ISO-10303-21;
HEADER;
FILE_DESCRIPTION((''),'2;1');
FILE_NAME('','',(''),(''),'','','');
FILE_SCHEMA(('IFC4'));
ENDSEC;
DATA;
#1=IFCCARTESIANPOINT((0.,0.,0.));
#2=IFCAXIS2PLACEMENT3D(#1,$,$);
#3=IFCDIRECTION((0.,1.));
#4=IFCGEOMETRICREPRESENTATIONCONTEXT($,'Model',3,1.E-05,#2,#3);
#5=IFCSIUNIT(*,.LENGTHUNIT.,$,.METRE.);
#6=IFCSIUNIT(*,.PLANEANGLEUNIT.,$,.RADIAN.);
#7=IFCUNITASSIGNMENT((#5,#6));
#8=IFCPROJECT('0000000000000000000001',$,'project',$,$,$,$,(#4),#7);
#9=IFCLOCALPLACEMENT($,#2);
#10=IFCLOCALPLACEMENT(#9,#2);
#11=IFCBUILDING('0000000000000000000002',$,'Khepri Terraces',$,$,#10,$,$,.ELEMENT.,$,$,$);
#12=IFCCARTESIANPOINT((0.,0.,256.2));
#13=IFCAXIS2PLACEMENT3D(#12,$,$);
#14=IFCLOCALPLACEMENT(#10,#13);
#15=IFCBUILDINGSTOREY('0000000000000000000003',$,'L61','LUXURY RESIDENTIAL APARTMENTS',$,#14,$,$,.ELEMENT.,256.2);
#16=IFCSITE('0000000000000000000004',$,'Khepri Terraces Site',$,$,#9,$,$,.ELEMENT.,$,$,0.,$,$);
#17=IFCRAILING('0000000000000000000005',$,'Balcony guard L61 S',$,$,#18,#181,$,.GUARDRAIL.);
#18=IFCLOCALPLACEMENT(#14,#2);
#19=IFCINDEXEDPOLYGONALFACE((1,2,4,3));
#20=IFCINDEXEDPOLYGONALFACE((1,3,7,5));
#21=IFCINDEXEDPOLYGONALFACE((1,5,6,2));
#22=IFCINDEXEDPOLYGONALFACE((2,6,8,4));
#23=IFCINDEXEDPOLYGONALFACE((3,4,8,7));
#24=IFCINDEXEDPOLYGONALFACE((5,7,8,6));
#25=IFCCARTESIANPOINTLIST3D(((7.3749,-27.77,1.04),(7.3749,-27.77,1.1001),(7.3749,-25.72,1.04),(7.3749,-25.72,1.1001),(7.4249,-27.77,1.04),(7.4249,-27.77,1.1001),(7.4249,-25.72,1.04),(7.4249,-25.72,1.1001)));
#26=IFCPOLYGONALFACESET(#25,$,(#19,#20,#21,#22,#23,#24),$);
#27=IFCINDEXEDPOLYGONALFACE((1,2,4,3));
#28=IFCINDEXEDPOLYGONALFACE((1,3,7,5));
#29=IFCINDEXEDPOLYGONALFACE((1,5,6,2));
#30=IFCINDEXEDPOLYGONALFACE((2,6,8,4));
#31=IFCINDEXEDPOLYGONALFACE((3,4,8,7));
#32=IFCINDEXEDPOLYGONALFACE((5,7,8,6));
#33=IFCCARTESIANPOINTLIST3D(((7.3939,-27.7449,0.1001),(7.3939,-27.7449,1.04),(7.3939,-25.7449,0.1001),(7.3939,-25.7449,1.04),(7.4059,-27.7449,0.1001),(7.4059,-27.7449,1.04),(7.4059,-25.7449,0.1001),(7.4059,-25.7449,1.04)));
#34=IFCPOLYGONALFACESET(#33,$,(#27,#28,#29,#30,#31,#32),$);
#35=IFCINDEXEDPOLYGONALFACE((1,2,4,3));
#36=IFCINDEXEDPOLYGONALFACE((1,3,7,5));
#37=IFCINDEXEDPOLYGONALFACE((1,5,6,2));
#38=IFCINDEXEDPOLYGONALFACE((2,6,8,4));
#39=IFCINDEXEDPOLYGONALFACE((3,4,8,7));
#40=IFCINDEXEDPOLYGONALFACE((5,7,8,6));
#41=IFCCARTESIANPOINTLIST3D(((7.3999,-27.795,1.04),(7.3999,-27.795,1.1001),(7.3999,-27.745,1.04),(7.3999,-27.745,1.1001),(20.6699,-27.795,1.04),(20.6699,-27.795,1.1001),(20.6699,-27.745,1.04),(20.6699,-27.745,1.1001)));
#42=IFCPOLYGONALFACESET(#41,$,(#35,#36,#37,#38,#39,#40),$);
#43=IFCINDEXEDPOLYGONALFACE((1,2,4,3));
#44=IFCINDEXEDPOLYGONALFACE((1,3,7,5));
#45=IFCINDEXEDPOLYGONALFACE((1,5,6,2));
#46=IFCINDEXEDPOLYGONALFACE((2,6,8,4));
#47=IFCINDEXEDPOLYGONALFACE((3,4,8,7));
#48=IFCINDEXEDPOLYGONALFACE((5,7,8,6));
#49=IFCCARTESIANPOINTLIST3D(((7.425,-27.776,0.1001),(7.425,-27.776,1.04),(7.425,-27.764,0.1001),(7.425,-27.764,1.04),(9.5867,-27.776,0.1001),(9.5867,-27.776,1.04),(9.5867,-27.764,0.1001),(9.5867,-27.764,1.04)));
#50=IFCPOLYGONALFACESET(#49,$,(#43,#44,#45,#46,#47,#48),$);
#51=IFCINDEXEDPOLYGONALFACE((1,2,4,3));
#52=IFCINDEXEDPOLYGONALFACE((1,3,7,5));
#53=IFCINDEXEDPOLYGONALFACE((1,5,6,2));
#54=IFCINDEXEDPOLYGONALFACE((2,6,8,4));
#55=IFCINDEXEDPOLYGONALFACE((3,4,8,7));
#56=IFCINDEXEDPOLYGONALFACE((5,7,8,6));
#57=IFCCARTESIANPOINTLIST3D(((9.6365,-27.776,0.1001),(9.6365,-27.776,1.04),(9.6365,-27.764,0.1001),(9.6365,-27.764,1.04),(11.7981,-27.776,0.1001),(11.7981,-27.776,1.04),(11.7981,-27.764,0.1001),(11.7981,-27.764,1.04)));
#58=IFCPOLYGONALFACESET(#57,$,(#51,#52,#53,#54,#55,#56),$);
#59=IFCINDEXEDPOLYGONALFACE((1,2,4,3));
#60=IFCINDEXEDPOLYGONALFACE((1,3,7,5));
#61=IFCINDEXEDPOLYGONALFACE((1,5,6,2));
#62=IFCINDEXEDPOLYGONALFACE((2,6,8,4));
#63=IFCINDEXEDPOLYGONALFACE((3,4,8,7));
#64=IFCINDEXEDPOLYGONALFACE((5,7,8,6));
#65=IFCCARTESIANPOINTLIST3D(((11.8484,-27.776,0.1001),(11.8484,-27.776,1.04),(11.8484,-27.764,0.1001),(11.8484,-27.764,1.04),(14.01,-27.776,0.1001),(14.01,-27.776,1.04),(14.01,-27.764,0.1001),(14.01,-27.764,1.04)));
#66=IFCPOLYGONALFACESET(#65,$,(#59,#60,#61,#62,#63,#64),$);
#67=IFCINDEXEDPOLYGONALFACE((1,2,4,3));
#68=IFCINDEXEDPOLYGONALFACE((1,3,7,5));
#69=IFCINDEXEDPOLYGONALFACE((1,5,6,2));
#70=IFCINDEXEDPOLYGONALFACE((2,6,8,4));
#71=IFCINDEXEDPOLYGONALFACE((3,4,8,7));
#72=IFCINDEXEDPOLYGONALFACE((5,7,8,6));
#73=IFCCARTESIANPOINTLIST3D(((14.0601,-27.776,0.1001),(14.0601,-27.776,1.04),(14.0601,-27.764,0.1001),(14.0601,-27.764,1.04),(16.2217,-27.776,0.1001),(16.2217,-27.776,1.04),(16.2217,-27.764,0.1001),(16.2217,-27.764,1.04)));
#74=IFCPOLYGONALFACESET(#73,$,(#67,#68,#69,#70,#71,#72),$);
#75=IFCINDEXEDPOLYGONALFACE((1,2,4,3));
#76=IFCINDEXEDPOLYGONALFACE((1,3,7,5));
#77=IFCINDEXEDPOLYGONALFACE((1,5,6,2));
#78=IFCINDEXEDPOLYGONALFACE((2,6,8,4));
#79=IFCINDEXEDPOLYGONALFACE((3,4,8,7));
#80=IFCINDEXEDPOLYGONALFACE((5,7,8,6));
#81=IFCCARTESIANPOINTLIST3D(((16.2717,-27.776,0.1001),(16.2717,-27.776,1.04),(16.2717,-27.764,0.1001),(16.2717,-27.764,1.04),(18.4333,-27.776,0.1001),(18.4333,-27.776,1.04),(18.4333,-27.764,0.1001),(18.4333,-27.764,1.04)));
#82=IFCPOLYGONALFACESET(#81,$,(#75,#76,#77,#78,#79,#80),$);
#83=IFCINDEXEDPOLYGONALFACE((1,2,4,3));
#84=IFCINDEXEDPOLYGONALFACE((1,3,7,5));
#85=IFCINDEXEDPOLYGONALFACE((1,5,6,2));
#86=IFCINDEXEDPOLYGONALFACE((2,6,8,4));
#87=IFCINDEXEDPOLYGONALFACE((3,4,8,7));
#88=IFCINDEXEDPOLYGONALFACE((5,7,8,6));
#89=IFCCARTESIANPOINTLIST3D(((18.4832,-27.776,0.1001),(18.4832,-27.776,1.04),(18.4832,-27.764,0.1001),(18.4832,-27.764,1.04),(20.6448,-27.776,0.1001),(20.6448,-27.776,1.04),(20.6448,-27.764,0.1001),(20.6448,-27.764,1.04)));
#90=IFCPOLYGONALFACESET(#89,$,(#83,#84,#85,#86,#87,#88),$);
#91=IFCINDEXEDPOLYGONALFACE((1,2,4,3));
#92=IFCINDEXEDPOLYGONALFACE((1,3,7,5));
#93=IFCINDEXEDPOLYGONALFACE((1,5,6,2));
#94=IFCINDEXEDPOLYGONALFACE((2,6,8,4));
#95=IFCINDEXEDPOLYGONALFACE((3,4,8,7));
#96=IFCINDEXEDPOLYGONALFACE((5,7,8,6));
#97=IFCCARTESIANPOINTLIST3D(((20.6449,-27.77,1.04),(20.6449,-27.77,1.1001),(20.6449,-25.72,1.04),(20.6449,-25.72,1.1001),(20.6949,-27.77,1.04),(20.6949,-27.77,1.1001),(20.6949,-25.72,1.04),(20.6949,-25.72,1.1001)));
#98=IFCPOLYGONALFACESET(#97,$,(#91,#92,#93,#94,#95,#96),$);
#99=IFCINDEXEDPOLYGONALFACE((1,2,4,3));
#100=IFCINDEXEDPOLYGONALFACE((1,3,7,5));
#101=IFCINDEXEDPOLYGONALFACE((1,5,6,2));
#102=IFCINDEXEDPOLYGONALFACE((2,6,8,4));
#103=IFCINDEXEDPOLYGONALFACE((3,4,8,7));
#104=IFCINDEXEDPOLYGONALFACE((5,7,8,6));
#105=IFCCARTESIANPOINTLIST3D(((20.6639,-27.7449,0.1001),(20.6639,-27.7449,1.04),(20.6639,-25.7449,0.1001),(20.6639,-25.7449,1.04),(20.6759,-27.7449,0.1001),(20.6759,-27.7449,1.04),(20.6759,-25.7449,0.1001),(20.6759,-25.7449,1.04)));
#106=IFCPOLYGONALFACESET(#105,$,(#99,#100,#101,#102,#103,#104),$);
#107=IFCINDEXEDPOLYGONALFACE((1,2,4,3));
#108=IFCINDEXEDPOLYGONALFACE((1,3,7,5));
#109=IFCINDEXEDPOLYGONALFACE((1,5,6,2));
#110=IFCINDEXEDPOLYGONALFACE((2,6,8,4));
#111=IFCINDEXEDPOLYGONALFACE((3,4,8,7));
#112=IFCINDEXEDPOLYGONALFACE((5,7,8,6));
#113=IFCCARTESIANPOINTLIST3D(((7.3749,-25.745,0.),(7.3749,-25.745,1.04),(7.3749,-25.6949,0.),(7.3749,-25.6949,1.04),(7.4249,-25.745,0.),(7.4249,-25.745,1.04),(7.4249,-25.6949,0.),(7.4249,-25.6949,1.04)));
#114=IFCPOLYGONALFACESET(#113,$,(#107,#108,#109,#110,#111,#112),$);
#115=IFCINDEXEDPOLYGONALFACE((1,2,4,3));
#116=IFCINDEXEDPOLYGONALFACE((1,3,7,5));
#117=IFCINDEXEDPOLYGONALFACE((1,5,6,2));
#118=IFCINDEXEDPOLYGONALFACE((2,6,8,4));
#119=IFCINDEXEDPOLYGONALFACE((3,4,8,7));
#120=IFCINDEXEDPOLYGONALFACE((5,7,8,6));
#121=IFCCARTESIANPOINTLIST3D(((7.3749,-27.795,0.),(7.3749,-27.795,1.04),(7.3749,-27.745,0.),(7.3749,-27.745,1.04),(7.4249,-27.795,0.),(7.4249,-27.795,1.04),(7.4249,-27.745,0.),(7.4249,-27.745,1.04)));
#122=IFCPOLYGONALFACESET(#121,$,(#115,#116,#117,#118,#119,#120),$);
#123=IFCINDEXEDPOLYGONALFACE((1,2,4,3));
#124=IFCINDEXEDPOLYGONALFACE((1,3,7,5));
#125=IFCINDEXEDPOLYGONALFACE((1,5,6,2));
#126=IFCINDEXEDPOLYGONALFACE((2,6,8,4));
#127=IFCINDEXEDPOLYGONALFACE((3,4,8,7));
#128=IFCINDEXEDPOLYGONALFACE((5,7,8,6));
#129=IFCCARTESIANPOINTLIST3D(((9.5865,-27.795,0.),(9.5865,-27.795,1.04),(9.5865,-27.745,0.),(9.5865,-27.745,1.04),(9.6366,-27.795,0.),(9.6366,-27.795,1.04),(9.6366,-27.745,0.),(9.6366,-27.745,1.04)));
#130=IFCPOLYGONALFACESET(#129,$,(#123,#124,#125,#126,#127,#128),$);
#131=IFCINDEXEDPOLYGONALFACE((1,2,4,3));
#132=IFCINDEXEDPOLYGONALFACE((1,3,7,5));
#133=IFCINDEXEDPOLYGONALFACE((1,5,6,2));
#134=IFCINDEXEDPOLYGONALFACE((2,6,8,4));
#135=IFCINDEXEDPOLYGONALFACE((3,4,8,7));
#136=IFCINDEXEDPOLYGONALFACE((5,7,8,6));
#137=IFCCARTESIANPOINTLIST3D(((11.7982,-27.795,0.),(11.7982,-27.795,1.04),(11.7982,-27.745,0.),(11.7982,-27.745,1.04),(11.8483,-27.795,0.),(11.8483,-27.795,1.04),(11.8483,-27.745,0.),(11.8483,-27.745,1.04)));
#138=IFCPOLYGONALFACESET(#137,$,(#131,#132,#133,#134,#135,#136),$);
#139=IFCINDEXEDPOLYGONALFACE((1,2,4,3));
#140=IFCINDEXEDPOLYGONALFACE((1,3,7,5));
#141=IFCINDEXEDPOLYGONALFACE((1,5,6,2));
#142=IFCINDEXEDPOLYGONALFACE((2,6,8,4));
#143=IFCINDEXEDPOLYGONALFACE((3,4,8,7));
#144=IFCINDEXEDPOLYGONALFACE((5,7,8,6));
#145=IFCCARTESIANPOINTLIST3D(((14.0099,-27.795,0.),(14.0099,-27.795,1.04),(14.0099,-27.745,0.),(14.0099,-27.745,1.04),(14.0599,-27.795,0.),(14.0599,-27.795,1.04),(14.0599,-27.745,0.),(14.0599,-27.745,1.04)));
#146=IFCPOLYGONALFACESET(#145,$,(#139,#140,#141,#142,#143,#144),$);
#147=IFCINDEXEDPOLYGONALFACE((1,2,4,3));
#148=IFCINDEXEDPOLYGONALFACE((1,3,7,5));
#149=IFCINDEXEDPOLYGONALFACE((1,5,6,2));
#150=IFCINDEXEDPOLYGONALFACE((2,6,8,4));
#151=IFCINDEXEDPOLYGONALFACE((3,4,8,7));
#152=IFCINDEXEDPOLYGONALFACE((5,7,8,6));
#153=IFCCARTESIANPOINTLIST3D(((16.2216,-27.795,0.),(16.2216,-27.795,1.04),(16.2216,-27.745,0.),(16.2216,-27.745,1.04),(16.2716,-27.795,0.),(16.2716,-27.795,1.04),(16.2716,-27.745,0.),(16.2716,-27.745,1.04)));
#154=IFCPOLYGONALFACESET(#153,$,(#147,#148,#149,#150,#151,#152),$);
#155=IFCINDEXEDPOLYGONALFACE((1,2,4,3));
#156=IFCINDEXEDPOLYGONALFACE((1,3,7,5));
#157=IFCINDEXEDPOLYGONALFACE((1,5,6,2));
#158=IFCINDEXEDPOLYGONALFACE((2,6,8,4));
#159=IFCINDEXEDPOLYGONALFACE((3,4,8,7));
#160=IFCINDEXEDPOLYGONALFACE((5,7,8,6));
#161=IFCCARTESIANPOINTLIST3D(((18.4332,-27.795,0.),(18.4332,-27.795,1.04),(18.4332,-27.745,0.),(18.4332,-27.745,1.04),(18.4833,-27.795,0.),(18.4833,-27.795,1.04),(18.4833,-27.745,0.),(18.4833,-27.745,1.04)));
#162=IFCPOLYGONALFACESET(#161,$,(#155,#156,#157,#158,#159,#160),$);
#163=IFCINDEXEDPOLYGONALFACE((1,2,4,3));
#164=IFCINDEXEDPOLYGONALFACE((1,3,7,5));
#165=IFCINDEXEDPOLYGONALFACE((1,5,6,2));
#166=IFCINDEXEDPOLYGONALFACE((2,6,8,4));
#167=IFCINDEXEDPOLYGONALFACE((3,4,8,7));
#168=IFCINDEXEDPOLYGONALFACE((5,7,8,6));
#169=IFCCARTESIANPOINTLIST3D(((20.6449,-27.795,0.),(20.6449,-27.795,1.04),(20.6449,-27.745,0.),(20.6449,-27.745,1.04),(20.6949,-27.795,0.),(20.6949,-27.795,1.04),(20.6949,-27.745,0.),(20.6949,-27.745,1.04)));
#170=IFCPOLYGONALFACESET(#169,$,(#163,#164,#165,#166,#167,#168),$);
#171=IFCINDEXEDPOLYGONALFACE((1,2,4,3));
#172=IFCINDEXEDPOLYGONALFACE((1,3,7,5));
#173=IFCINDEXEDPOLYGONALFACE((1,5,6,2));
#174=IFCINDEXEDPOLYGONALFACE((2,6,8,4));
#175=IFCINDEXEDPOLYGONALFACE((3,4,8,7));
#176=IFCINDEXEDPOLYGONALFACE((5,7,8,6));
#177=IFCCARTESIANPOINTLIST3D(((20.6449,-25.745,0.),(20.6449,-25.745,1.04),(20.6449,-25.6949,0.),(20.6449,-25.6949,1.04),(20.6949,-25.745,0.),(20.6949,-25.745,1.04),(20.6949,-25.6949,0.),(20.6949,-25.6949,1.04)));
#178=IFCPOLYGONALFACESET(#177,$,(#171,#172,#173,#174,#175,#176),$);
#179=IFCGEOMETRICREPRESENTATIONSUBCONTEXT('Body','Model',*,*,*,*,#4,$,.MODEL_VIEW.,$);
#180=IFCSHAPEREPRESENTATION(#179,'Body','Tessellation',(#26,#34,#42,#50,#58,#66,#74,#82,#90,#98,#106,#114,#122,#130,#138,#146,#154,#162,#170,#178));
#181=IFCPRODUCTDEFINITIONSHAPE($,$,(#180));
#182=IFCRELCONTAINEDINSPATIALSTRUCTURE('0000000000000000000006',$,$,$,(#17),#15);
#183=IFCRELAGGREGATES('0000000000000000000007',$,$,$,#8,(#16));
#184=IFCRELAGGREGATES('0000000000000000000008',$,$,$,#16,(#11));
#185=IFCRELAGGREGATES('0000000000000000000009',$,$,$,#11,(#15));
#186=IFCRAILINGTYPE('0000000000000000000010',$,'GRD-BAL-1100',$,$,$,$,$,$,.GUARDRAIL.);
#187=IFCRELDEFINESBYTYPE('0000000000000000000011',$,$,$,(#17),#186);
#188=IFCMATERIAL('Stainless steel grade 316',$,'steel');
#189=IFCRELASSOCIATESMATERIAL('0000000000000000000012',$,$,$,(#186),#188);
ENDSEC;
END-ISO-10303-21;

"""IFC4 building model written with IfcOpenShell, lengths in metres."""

from ifc_helpers import new_model, si_unit, direction, frame, origin, origin_2d, place, context, subcontext, project, spatial, rectangle, extrude, material, type_object, element, save


model = new_model("IFC4")

# Units and contexts
model_context = context("Model", 3, precision=1e-05, world=origin(), true_north=direction((0.0, 1.0)))
body_context = subcontext(model_context, "Body", "Model", "MODEL_VIEW")
ifc_project = project(units=[si_unit("LENGTHUNIT", "METRE"), si_unit("PLANEANGLEUNIT", "RADIAN")], contexts=[model_context])

# Site, building, storey
site_placement = place(None, origin())
site = spatial("IfcSite", under=ifc_project, at=site_placement, Name="Khepri Terraces Site", CompositionType="ELEMENT", RefElevation=0.0)
building_placement = place(site_placement, origin())
building = spatial("IfcBuilding", under=site, at=building_placement, Name="Khepri Terraces", CompositionType="ELEMENT")
storey_placement = place(building_placement, frame((0.0, 0.0, 256.2)))
storey = spatial("IfcBuildingStorey", under=building, at=storey_placement, Name="L61", Description="LUXURY RESIDENTIAL APARTMENTS", CompositionType="ELEMENT", Elevation=256.2)

# Railing
ifc_material_1 = material(Name="Stainless steel grade 316", Category="steel")
railing_type_1 = type_object("IfcRailingType", Name="GRD-BAL-1100", PredefinedType="GUARDRAIL", material=ifc_material_1)
railing_1_placement = place(storey_placement, frame((7.3999, -25.72, 0.0)))
element("IfcRailing", 1, at=railing_1_placement, inside=storey, type_object=railing_type_1, Name="Balcony guard L61 S", PredefinedType="GUARDRAIL", context=body_context, shape_type="SweptSolid", body=[
    extrude(rectangle(XDim=0.05, YDim=0.0601, at=origin_2d()), frame((0.0, 0.0, 1.0701), z_axis=(0.0, -1.0, 0.0), x_axis=(1.0, 0.0, 0.0)), (0.0, 0.0, 1.0), 2.05),
    extrude(rectangle(XDim=2.0, YDim=0.012, at=origin_2d()), frame((0.0, -1.0249, 0.1001), z_axis=(0.0, 0.0, 1.0), x_axis=(0.0, -1.0, 0.0)), (0.0, 0.0, 1.0), 0.9399),
    extrude(rectangle(XDim=0.05, YDim=0.0601, at=origin_2d()), frame((0.0, -2.05, 1.0701), z_axis=(1.0, 0.0, 0.0), x_axis=(0.0, 1.0, 0.0)), (0.0, 0.0, 1.0), 13.27),
    extrude(rectangle(XDim=2.1616, YDim=0.012, at=origin_2d()), frame((1.106, -2.05, 0.1001), z_axis=(0.0, 0.0, 1.0), x_axis=(1.0, 0.0, 0.0)), (0.0, 0.0, 1.0), 0.9399),
    extrude(rectangle(XDim=2.1616, YDim=0.012, at=origin_2d()), frame((3.3174, -2.05, 0.1001), z_axis=(0.0, 0.0, 1.0), x_axis=(1.0, 0.0, 0.0)), (0.0, 0.0, 1.0), 0.9399),
    extrude(rectangle(XDim=2.1616, YDim=0.012, at=origin_2d()), frame((5.5293, -2.05, 0.1001), z_axis=(0.0, 0.0, 1.0), x_axis=(1.0, 0.0, 0.0)), (0.0, 0.0, 1.0), 0.9399),
    extrude(rectangle(XDim=2.1616, YDim=0.012, at=origin_2d()), frame((7.741, -2.05, 0.1001), z_axis=(0.0, 0.0, 1.0), x_axis=(1.0, 0.0, 0.0)), (0.0, 0.0, 1.0), 0.9399),
    extrude(rectangle(XDim=2.1616, YDim=0.012, at=origin_2d()), frame((9.9526, -2.05, 0.1001), z_axis=(0.0, 0.0, 1.0), x_axis=(1.0, 0.0, 0.0)), (0.0, 0.0, 1.0), 0.9399),
    extrude(rectangle(XDim=2.1616, YDim=0.012, at=origin_2d()), frame((12.1641, -2.05, 0.1001), z_axis=(0.0, 0.0, 1.0), x_axis=(1.0, 0.0, 0.0)), (0.0, 0.0, 1.0), 0.9399),
    extrude(rectangle(XDim=0.05, YDim=0.0601, at=origin_2d()), frame((13.27, -2.05, 1.0701), z_axis=(0.0, 1.0, 0.0), x_axis=(-1.0, 0.0, 0.0)), (0.0, 0.0, 1.0), 2.05),
    extrude(rectangle(XDim=2.0, YDim=0.012, at=origin_2d()), frame((13.27, -1.0249, 0.1001), z_axis=(0.0, 0.0, 1.0), x_axis=(0.0, 1.0, 0.0)), (0.0, 0.0, 1.0), 0.9399),
    extrude(rectangle(XDim=0.05, YDim=0.05, at=origin_2d()), origin(), (0.0, 0.0, 1.0), 1.04),
    extrude(rectangle(XDim=0.05, YDim=0.05, at=origin_2d()), frame((0.0, -2.05, 0.0)), (0.0, 0.0, 1.0), 1.04),
    extrude(rectangle(XDim=0.05, YDim=0.05, at=origin_2d()), frame((2.2117, -2.05, 0.0)), (0.0, 0.0, 1.0), 1.04),
    extrude(rectangle(XDim=0.05, YDim=0.05, at=origin_2d()), frame((4.4233, -2.05, 0.0)), (0.0, 0.0, 1.0), 1.04),
    extrude(rectangle(XDim=0.05, YDim=0.05, at=origin_2d()), frame((6.635, -2.05, 0.0)), (0.0, 0.0, 1.0), 1.04),
    extrude(rectangle(XDim=0.05, YDim=0.05, at=origin_2d()), frame((8.8467, -2.05, 0.0)), (0.0, 0.0, 1.0), 1.04),
    extrude(rectangle(XDim=0.05, YDim=0.05, at=origin_2d()), frame((11.0583, -2.05, 0.0)), (0.0, 0.0, 1.0), 1.04),
    extrude(rectangle(XDim=0.05, YDim=0.05, at=origin_2d()), frame((13.27, -2.05, 0.0)), (0.0, 0.0, 1.0), 1.04),
    extrude(rectangle(XDim=0.05, YDim=0.05, at=origin_2d()), frame((13.27, 0.0, 0.0)), (0.0, 0.0, 1.0), 1.04),
])

save(model, "model.ifc")
